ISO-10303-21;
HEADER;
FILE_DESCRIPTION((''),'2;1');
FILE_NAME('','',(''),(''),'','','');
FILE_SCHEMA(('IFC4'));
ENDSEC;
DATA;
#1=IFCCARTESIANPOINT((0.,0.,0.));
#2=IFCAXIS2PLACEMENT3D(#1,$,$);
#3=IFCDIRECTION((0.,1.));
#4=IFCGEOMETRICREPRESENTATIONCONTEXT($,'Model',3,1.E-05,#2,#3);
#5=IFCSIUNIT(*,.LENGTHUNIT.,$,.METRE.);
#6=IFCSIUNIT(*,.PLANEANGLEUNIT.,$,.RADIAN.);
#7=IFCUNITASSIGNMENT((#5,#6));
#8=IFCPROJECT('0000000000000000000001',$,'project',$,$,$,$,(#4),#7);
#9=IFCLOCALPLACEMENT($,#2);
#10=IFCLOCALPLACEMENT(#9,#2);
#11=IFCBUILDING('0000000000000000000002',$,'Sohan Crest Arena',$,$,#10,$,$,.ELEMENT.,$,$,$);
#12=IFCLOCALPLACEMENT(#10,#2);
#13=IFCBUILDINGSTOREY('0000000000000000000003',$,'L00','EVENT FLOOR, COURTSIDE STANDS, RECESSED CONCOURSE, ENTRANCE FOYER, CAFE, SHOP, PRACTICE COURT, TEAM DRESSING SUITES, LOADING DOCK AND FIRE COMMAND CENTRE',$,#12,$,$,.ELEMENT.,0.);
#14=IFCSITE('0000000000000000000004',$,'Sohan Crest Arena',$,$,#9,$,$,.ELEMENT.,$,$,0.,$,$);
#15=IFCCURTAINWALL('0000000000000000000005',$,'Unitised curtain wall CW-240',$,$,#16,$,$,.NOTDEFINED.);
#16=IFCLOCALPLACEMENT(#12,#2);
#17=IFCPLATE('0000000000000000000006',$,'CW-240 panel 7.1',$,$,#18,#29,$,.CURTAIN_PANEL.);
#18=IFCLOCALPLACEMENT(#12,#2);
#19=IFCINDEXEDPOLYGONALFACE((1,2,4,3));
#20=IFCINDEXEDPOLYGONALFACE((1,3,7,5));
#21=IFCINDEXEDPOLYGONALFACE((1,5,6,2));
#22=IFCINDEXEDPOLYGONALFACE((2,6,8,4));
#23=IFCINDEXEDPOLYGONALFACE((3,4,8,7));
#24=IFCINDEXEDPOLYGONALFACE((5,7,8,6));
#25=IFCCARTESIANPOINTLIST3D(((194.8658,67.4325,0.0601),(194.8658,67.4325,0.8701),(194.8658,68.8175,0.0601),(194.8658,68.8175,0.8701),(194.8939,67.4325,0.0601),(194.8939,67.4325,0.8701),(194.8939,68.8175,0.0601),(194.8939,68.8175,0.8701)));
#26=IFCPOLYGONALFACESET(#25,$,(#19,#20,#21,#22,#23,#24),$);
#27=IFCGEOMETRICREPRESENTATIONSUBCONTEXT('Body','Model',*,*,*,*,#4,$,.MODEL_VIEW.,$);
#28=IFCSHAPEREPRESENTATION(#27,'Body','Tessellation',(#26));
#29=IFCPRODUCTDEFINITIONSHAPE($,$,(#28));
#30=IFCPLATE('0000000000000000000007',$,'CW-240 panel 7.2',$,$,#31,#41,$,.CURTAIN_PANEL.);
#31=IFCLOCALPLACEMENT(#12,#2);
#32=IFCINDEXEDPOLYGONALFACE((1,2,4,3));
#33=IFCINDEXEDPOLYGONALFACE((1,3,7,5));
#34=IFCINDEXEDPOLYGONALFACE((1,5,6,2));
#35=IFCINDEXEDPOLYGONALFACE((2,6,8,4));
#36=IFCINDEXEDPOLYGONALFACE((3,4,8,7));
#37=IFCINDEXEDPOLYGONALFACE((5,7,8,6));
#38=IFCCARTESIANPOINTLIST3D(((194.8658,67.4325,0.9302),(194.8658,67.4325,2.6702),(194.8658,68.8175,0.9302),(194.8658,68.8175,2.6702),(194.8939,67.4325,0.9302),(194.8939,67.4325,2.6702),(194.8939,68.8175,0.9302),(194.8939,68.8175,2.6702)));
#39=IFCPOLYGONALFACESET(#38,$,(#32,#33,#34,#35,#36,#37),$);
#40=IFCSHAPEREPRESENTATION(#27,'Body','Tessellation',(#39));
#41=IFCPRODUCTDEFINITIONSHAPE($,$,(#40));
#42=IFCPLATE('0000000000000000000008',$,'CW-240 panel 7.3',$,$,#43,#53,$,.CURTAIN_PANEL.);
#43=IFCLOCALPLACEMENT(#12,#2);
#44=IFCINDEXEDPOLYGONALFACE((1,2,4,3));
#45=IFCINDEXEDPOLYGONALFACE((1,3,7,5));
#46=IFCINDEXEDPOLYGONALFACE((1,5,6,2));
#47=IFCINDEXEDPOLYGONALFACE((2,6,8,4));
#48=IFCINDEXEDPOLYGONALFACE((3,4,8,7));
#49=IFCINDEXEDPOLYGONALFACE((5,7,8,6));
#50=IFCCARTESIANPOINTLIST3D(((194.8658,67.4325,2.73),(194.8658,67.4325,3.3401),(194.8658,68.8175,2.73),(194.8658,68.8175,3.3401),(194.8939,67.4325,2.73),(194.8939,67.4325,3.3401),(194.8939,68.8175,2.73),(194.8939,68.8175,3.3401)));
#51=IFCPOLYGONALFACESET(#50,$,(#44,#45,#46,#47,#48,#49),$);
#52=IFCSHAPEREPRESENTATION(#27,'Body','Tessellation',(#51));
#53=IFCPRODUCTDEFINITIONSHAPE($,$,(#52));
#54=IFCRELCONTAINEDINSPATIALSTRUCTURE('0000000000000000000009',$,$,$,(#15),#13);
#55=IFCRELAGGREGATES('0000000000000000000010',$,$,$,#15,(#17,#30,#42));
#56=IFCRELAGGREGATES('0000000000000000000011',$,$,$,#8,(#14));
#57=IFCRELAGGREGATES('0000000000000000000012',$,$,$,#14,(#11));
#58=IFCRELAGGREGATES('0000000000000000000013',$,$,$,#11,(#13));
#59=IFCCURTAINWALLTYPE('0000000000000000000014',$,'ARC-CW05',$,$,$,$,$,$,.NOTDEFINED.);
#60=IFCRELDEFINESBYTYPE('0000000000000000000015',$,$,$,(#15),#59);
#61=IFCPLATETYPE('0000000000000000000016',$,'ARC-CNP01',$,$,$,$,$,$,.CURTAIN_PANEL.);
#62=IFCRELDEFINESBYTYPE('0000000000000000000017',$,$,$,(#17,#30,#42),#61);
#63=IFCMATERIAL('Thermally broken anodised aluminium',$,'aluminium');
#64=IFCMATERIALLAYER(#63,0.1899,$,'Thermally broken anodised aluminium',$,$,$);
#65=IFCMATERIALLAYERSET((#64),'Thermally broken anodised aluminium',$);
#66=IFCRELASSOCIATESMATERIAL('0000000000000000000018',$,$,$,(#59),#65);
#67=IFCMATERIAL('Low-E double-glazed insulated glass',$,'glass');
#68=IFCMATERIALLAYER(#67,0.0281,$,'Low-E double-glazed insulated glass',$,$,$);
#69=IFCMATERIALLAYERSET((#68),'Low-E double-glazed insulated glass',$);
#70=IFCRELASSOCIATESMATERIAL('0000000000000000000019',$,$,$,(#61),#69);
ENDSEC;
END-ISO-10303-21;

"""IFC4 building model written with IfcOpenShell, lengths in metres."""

from ifc_helpers import new_model, si_unit, direction, frame, origin, origin_2d, place, context, subcontext, project, spatial, rectangle, extrude, material, layer, layer_set, type_object, element, aggregate, save


model = new_model("IFC4")

# Units and contexts
model_context = context("Model", 3, precision=1e-05, world=origin(), true_north=direction((0.0, 1.0)))
body_context = subcontext(model_context, "Body", "Model", "MODEL_VIEW")
ifc_project = project(units=[si_unit("LENGTHUNIT", "METRE"), si_unit("PLANEANGLEUNIT", "RADIAN")], contexts=[model_context])

# Site, building, storey
site_placement = place(None, origin())
site = spatial("IfcSite", under=ifc_project, at=site_placement, Name="Sohan Crest Arena", CompositionType="ELEMENT", RefElevation=0.0)
building_placement = place(site_placement, origin())
building = spatial("IfcBuilding", under=site, at=building_placement, Name="Sohan Crest Arena", CompositionType="ELEMENT")
storey_placement = place(building_placement, origin())
storey = spatial("IfcBuildingStorey", under=building, at=storey_placement, Name="L00", Description="EVENT FLOOR, COURTSIDE STANDS, RECESSED CONCOURSE, ENTRANCE FOYER, CAFE, SHOP, PRACTICE COURT, TEAM DRESSING SUITES, LOADING DOCK AND FIRE COMMAND CENTRE", CompositionType="ELEMENT", Elevation=0.0)

# Curtain wall
ifc_material_1 = material(Name="Thermally broken anodised aluminium", Category="aluminium")
ifc_layer_1 = layer(ifc_material_1, 0.1899, Name="Thermally broken anodised aluminium")
ifc_layer_set_1 = layer_set([ifc_layer_1], Name="Thermally broken anodised aluminium")
curtain_wall_type = type_object("IfcCurtainWallType", Name="ARC-CW05", PredefinedType="NOTDEFINED", material=ifc_layer_set_1)
curtain_wall_placement = place(storey_placement, origin())
curtain_wall = element("IfcCurtainWall", 1, at=curtain_wall_placement, inside=storey, type_object=curtain_wall_type, Name="Unitised curtain wall CW-240", PredefinedType="NOTDEFINED")

# Plates
ifc_material_2 = material(Name="Low-E double-glazed insulated glass", Category="glass")
ifc_layer_2 = layer(ifc_material_2, 0.0281, Name="Low-E double-glazed insulated glass")
ifc_layer_set_2 = layer_set([ifc_layer_2], Name="Low-E double-glazed insulated glass")
plate_type = type_object("IfcPlateType", Name="ARC-CNP01", PredefinedType="CURTAIN_PANEL", material=ifc_layer_set_2)
plate_1_placement = place(storey_placement, frame((194.8799, 68.125, 0.0601), z_axis=(0.0, 0.0, 1.0), x_axis=(0.0, 1.0, 0.0)))
plate_1 = element("IfcPlate", 2, at=plate_1_placement, type_object=plate_type, Name="CW-240 panel 7.1", PredefinedType="CURTAIN_PANEL", context=body_context, shape_type="SweptSolid", body=[
    extrude(rectangle(XDim=1.385, YDim=0.0281, at=origin_2d()), origin(), (0.0, 0.0, 1.0), 0.8101),
])
plate_2_placement = place(storey_placement, frame((194.8799, 68.125, 0.9302), z_axis=(0.0, 0.0, 1.0), x_axis=(0.0, 1.0, 0.0)))
plate_2 = element("IfcPlate", 3, at=plate_2_placement, type_object=plate_type, Name="CW-240 panel 7.2", PredefinedType="CURTAIN_PANEL", context=body_context, shape_type="SweptSolid", body=[
    extrude(rectangle(XDim=1.385, YDim=0.0281, at=origin_2d()), origin(), (0.0, 0.0, 1.0), 1.74),
])
plate_3_placement = place(storey_placement, frame((194.8799, 68.125, 2.73), z_axis=(0.0, 0.0, 1.0), x_axis=(0.0, 1.0, 0.0)))
plate_3 = element("IfcPlate", 4, at=plate_3_placement, type_object=plate_type, Name="CW-240 panel 7.3", PredefinedType="CURTAIN_PANEL", context=body_context, shape_type="SweptSolid", body=[
    extrude(rectangle(XDim=1.385, YDim=0.0281, at=origin_2d()), origin(), (0.0, 0.0, 1.0), 0.6101),
])
aggregate(curtain_wall, [plate_1, plate_2, plate_3])

save(model, "model.ifc")
